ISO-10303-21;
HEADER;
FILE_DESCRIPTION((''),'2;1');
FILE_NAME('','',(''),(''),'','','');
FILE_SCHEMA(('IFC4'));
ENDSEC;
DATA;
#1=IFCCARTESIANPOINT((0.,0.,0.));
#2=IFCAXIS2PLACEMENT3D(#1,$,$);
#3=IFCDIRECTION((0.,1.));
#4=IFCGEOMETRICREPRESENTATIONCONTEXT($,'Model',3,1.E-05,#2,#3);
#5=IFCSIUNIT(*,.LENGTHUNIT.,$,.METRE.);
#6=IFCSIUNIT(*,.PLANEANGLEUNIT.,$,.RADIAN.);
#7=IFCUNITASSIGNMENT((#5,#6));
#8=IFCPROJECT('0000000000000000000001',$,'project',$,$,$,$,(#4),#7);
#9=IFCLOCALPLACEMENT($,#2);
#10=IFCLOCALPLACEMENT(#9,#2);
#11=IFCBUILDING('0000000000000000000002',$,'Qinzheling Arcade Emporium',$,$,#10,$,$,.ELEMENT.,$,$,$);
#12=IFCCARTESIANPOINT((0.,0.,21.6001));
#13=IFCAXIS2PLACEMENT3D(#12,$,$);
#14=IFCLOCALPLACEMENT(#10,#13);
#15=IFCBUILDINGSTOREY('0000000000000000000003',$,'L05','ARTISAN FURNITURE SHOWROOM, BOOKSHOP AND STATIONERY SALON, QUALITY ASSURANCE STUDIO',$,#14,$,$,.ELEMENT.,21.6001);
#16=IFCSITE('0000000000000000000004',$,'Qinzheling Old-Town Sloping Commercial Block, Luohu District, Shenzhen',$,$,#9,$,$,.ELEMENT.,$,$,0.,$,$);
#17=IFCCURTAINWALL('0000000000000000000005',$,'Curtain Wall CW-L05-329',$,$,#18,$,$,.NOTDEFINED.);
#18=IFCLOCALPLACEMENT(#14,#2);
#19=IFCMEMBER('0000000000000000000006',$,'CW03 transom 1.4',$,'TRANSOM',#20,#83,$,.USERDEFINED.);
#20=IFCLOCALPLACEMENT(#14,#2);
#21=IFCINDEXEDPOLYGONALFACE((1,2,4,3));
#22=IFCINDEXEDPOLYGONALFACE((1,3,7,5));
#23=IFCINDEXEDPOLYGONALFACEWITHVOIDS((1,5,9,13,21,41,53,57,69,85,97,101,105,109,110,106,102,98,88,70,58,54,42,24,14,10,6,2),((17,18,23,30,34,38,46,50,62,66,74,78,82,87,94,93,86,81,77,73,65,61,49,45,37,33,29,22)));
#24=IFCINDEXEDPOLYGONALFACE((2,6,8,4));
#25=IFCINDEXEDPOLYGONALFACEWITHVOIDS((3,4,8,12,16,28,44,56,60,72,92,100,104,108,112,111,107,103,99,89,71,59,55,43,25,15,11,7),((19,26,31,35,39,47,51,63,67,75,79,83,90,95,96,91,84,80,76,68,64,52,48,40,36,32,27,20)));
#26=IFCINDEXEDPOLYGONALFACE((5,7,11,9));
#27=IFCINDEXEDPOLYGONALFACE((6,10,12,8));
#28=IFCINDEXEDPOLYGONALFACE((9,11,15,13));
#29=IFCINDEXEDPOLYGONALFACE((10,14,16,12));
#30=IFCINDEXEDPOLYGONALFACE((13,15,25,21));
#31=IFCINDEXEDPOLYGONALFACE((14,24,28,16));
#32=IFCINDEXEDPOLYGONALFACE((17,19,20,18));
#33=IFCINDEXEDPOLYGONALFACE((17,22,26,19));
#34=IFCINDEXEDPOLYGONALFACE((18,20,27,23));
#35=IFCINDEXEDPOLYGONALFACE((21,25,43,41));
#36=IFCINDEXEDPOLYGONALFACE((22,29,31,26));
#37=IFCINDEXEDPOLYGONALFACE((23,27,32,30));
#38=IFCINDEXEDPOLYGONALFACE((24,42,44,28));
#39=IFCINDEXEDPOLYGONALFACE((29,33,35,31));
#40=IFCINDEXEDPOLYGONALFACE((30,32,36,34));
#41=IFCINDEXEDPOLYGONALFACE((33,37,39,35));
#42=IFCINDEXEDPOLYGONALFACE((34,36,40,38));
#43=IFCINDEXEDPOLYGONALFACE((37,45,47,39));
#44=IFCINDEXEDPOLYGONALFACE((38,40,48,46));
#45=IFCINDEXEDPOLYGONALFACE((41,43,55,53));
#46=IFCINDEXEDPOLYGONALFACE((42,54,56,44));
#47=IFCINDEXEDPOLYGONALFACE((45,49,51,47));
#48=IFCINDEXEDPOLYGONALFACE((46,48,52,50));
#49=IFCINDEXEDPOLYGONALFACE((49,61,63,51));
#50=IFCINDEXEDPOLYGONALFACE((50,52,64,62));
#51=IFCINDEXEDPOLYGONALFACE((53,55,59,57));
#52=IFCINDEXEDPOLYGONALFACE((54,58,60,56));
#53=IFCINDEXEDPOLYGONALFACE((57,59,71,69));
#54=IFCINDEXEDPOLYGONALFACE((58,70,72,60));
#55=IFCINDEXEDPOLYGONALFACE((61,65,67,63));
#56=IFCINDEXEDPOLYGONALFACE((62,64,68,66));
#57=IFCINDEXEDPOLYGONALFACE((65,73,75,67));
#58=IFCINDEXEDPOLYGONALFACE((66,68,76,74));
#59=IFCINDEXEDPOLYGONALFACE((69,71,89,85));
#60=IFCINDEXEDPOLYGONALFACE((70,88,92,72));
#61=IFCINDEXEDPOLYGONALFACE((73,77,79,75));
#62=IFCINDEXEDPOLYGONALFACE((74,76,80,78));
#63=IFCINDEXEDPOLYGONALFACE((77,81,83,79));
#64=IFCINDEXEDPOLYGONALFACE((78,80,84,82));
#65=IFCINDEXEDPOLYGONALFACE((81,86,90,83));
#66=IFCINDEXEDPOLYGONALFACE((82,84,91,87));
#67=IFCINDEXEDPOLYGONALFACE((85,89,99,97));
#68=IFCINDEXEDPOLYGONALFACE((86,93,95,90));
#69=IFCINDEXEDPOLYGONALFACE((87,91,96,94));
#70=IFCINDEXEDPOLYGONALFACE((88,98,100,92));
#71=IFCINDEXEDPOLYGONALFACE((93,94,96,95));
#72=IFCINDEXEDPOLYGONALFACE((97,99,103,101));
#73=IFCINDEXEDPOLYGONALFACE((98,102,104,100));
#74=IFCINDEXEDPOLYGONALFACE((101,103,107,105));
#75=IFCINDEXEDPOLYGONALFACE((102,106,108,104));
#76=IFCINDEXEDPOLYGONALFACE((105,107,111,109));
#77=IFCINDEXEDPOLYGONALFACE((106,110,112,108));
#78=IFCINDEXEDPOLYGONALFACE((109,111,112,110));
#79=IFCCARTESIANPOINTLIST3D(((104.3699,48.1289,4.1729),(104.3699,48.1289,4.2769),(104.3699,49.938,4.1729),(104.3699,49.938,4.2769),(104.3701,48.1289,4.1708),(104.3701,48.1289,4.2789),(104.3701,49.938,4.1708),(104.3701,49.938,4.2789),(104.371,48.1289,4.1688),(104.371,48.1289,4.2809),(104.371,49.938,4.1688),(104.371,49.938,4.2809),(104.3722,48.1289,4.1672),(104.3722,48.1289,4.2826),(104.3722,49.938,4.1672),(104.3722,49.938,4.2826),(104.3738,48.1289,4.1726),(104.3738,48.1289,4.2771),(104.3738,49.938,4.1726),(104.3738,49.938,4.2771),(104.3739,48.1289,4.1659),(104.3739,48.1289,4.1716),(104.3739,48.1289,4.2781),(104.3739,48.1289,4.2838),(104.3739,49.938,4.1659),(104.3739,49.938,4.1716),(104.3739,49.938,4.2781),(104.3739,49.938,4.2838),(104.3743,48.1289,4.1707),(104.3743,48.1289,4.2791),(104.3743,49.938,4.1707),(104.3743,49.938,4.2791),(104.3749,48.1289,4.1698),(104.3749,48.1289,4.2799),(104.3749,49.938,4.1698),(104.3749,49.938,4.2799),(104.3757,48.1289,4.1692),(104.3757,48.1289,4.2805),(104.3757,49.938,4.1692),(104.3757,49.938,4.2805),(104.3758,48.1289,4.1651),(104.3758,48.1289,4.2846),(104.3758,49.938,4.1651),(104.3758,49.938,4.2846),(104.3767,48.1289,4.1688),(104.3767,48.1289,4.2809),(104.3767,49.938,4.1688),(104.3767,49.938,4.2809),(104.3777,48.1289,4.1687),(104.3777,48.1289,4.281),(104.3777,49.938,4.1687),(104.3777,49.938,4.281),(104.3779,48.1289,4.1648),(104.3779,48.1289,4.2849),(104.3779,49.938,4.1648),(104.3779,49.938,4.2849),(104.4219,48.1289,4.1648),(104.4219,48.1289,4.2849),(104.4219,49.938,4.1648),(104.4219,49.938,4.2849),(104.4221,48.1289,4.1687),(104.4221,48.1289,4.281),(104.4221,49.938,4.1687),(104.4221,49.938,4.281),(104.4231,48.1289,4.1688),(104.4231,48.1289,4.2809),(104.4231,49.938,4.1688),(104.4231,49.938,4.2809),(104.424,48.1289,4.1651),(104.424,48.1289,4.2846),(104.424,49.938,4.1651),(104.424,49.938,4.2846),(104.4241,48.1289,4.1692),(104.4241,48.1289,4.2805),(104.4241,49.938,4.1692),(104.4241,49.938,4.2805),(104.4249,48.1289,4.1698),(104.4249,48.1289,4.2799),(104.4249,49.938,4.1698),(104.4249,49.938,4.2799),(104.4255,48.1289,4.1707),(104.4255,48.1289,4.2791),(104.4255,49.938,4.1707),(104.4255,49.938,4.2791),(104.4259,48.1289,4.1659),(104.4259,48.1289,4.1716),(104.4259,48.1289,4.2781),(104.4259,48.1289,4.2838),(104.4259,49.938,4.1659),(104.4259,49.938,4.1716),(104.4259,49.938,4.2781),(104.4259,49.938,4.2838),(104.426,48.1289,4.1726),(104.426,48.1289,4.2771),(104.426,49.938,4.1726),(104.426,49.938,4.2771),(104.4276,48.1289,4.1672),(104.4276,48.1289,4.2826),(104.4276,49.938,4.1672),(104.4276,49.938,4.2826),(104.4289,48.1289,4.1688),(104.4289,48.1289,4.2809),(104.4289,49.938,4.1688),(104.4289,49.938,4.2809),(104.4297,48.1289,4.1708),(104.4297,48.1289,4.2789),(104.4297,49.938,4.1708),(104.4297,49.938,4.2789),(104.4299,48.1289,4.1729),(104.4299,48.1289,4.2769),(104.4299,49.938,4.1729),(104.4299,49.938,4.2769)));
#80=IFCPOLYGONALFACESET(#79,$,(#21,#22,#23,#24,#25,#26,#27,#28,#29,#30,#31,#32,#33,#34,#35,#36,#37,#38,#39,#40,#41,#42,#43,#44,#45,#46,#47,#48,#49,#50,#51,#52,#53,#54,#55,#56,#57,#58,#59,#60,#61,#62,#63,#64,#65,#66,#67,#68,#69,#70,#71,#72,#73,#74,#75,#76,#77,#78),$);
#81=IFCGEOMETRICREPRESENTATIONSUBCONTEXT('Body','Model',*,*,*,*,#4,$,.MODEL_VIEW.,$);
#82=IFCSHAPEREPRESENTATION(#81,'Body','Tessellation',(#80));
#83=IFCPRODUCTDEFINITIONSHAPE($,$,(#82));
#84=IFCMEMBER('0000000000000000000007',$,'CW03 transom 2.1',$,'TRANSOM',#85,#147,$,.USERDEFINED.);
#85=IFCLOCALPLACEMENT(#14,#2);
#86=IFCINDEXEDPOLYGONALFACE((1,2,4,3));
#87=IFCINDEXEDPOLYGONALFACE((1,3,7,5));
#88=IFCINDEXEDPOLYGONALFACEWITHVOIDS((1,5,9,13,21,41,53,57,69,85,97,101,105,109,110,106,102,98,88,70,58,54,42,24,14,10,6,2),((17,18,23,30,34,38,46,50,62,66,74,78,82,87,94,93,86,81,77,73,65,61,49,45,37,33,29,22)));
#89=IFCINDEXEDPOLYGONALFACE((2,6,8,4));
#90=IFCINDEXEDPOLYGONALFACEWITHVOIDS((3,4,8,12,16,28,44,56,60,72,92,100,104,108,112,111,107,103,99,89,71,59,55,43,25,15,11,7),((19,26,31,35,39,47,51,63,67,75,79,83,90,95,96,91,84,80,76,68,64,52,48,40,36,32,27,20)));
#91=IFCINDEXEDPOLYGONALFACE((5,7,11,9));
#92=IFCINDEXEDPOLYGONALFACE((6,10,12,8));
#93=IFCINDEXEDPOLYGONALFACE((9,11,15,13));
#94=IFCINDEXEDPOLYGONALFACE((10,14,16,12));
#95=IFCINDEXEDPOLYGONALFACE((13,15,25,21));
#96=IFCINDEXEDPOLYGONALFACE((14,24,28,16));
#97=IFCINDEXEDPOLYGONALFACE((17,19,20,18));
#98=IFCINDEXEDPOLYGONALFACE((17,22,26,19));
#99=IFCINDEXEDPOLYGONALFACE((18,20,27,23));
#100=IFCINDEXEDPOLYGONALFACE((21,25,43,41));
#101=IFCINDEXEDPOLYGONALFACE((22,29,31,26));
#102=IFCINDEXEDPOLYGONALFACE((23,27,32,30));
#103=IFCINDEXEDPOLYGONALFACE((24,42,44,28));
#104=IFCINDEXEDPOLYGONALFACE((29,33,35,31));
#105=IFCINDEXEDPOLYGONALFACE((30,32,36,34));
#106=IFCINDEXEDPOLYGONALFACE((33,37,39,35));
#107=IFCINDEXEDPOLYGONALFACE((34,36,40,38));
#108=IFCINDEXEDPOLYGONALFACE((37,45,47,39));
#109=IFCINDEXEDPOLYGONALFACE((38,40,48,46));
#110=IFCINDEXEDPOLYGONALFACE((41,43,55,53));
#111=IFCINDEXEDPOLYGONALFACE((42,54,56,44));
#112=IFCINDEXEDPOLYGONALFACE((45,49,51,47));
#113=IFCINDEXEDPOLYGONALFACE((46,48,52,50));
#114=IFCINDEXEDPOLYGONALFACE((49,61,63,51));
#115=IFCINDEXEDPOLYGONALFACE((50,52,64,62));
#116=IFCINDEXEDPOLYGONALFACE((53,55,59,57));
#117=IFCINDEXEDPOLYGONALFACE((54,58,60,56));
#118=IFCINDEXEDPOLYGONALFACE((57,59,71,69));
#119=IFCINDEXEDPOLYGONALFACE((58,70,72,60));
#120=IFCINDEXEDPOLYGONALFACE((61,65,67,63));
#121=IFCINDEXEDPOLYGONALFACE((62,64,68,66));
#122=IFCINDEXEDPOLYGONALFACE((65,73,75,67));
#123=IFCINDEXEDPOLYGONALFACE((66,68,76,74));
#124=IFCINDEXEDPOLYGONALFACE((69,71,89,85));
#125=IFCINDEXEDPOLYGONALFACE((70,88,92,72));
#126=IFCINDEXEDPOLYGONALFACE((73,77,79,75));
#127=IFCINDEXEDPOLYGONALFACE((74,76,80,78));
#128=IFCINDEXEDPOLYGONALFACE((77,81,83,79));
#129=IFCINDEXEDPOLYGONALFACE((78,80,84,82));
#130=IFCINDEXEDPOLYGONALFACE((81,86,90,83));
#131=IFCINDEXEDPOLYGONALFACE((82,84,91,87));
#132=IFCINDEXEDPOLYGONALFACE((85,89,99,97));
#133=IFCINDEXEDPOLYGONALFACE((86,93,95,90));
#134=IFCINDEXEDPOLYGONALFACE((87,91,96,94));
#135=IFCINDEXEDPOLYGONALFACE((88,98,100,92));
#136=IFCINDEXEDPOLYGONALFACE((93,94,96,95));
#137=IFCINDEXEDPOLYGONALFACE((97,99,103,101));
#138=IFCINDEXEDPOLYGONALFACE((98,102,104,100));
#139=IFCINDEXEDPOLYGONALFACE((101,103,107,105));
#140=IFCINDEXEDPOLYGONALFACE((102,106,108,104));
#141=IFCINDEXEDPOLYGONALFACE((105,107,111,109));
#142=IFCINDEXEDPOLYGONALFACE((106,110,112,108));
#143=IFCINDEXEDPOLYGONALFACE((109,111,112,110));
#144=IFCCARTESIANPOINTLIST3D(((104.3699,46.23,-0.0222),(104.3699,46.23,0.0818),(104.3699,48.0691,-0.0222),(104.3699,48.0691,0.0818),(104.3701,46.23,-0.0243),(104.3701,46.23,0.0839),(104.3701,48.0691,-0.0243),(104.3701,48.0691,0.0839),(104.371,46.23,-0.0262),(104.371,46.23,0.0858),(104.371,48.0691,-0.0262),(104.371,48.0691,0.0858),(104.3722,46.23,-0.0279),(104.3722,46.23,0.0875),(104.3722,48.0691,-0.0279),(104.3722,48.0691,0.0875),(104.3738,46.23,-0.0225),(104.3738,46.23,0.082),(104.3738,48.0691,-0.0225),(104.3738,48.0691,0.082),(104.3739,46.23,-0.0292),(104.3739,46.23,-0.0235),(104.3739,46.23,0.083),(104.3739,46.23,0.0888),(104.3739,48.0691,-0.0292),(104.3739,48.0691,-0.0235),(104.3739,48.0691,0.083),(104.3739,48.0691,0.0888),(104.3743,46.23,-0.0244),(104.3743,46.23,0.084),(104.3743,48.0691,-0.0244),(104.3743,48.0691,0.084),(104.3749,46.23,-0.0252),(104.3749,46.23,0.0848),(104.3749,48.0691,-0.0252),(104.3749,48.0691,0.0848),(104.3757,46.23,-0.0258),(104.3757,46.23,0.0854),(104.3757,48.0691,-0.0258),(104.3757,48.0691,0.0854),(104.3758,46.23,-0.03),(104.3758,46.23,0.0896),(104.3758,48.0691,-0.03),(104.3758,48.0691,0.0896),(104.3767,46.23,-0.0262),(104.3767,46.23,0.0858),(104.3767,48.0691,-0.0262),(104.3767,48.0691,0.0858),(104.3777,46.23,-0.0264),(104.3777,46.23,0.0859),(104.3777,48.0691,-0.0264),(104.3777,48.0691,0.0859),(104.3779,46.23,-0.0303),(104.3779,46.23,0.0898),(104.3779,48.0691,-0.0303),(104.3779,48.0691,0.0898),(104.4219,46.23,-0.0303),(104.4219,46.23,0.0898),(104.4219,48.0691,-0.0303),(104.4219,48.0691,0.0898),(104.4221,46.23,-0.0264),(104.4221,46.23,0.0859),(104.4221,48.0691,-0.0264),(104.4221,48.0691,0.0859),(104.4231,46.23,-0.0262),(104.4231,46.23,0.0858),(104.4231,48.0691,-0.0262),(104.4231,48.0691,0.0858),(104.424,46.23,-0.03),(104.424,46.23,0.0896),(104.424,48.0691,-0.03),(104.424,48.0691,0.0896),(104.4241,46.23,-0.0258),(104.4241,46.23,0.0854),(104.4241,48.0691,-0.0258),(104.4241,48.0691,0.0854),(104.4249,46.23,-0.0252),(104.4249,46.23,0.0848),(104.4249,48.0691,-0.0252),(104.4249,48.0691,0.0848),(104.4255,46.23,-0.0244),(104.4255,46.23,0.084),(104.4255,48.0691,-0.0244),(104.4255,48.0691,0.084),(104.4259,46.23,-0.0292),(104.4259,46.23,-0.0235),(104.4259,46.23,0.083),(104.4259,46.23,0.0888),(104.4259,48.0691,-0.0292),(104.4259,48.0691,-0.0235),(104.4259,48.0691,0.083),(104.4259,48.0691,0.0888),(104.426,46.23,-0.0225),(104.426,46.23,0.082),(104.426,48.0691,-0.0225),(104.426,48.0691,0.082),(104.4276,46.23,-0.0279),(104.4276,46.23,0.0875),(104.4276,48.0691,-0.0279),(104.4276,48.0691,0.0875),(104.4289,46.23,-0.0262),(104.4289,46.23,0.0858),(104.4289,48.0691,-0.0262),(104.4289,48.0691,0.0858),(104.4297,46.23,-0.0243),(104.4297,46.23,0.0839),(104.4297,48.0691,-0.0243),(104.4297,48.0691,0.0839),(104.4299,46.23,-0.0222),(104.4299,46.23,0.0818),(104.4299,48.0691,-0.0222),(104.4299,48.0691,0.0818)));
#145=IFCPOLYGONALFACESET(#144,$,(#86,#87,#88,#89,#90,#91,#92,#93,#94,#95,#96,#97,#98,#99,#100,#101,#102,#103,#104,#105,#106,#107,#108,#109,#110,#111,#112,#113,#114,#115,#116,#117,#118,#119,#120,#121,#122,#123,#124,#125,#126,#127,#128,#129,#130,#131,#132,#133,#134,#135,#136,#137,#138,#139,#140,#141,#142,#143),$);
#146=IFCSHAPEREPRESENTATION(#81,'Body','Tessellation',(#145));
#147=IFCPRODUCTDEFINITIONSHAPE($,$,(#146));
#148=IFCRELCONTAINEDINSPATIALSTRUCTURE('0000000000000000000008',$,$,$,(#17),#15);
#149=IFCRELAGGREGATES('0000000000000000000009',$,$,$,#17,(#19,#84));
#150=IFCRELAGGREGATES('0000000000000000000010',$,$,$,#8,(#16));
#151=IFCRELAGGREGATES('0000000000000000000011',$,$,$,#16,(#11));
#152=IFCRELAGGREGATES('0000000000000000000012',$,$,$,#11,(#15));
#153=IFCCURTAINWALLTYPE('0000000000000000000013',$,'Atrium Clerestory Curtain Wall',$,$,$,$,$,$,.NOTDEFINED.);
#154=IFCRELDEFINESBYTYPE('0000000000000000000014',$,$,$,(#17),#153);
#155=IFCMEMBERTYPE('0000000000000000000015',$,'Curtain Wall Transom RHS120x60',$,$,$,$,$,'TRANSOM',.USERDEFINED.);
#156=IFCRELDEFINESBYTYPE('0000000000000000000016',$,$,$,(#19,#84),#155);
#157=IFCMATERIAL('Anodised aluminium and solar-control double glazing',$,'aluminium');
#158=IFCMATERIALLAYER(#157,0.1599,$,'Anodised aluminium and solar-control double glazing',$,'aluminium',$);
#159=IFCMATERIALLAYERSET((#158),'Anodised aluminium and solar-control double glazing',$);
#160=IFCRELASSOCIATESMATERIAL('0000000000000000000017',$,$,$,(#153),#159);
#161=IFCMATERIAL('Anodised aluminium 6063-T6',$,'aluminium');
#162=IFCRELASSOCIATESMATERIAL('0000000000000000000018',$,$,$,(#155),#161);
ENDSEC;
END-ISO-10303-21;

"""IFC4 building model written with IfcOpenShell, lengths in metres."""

from ifc_helpers import new_model, si_unit, direction, frame, origin, origin_2d, place, context, subcontext, project, spatial, hollow_rectangle, extrude, material, layer, layer_set, material_profile, profile_set, type_object, element, aggregate, save


model = new_model("IFC4")

# Units and contexts
model_context = context("Model", 3, precision=1e-05, world=origin(), true_north=direction((0.0, 1.0)))
body_context = subcontext(model_context, "Body", "Model", "MODEL_VIEW")
ifc_project = project(units=[si_unit("LENGTHUNIT", "METRE"), si_unit("PLANEANGLEUNIT", "RADIAN")], contexts=[model_context])

# Site, building, storey
site_placement = place(None, origin())
site = spatial("IfcSite", under=ifc_project, at=site_placement, Name="Qinzheling Old-Town Sloping Commercial Block, Luohu District, Shenzhen", CompositionType="ELEMENT", RefElevation=0.0)
building_placement = place(site_placement, origin())
building = spatial("IfcBuilding", under=site, at=building_placement, Name="Qinzheling Arcade Emporium", CompositionType="ELEMENT")
storey_placement = place(building_placement, frame((0.0, 0.0, 21.6001)))
storey = spatial("IfcBuildingStorey", under=building, at=storey_placement, Name="L05", Description="ARTISAN FURNITURE SHOWROOM, BOOKSHOP AND STATIONERY SALON, QUALITY ASSURANCE STUDIO", CompositionType="ELEMENT", Elevation=21.6001)

# Curtain wall, members
ifc_material_1 = material(Name="Anodised aluminium and solar-control double glazing", Category="aluminium")
ifc_layer_1 = layer(ifc_material_1, 0.1599, Name="Anodised aluminium and solar-control double glazing", Category="aluminium")
ifc_layer_set_1 = layer_set([ifc_layer_1], Name="Anodised aluminium and solar-control double glazing")
curtain_wall_type = type_object("IfcCurtainWallType", Name="Atrium Clerestory Curtain Wall", PredefinedType="NOTDEFINED", material=ifc_layer_set_1)
curtain_wall_placement = place(storey_placement, origin())
curtain_wall = element("IfcCurtainWall", 1, at=curtain_wall_placement, inside=storey, type_object=curtain_wall_type, Name="Curtain Wall CW-L05-329", PredefinedType="NOTDEFINED")
ifc_material_2 = material(Name="Anodised aluminium 6063-T6", Category="aluminium")
ifc_material_profile_1 = material_profile(ifc_material_2, hollow_rectangle(XDim=0.0601, YDim=0.1201, WallThickness=0.0039, InnerFilletRadius=0.0039, OuterFilletRadius=0.0081, at=origin_2d()), Name="RHS 120x60x4", Category="aluminium")
ifc_profile_set_1 = profile_set([ifc_material_profile_1], Name="Anodised aluminium 6063-T6")
member_type_1 = type_object("IfcMemberType", Name="Curtain Wall Transom RHS120x60", ElementType="TRANSOM", PredefinedType="USERDEFINED", material=ifc_profile_set_1)
member_1_placement = place(storey_placement, frame((104.3999, 49.938, 4.2249), z_axis=(0.0, -1.0, 0.0), x_axis=(1.0, 0.0, 0.0)))
member_1 = element("IfcMember", 2, at=member_1_placement, type_object=member_type_1, Name="CW03 transom 1.4", ObjectType="TRANSOM", PredefinedType="USERDEFINED", context=body_context, shape_type="SweptSolid", body=[
    extrude(hollow_rectangle(XDim=0.0601, YDim=0.1201, WallThickness=0.0039, InnerFilletRadius=0.0039, OuterFilletRadius=0.0081, at=origin_2d()), origin(), (0.0, 0.0, 1.0), 1.8091),
])
member_2_placement = place(storey_placement, frame((104.3999, 48.0691, 0.0298), z_axis=(0.0, -1.0, 0.0), x_axis=(1.0, 0.0, 0.0)))
member_2 = element("IfcMember", 3, at=member_2_placement, type_object=member_type_1, Name="CW03 transom 2.1", ObjectType="TRANSOM", PredefinedType="USERDEFINED", context=body_context, shape_type="SweptSolid", body=[
    extrude(hollow_rectangle(XDim=0.0601, YDim=0.1201, WallThickness=0.0039, InnerFilletRadius=0.0039, OuterFilletRadius=0.0081, at=origin_2d()), origin(), (0.0, 0.0, 1.0), 1.8391),
])
aggregate(curtain_wall, [member_1, member_2])

save(model, "model.ifc")
